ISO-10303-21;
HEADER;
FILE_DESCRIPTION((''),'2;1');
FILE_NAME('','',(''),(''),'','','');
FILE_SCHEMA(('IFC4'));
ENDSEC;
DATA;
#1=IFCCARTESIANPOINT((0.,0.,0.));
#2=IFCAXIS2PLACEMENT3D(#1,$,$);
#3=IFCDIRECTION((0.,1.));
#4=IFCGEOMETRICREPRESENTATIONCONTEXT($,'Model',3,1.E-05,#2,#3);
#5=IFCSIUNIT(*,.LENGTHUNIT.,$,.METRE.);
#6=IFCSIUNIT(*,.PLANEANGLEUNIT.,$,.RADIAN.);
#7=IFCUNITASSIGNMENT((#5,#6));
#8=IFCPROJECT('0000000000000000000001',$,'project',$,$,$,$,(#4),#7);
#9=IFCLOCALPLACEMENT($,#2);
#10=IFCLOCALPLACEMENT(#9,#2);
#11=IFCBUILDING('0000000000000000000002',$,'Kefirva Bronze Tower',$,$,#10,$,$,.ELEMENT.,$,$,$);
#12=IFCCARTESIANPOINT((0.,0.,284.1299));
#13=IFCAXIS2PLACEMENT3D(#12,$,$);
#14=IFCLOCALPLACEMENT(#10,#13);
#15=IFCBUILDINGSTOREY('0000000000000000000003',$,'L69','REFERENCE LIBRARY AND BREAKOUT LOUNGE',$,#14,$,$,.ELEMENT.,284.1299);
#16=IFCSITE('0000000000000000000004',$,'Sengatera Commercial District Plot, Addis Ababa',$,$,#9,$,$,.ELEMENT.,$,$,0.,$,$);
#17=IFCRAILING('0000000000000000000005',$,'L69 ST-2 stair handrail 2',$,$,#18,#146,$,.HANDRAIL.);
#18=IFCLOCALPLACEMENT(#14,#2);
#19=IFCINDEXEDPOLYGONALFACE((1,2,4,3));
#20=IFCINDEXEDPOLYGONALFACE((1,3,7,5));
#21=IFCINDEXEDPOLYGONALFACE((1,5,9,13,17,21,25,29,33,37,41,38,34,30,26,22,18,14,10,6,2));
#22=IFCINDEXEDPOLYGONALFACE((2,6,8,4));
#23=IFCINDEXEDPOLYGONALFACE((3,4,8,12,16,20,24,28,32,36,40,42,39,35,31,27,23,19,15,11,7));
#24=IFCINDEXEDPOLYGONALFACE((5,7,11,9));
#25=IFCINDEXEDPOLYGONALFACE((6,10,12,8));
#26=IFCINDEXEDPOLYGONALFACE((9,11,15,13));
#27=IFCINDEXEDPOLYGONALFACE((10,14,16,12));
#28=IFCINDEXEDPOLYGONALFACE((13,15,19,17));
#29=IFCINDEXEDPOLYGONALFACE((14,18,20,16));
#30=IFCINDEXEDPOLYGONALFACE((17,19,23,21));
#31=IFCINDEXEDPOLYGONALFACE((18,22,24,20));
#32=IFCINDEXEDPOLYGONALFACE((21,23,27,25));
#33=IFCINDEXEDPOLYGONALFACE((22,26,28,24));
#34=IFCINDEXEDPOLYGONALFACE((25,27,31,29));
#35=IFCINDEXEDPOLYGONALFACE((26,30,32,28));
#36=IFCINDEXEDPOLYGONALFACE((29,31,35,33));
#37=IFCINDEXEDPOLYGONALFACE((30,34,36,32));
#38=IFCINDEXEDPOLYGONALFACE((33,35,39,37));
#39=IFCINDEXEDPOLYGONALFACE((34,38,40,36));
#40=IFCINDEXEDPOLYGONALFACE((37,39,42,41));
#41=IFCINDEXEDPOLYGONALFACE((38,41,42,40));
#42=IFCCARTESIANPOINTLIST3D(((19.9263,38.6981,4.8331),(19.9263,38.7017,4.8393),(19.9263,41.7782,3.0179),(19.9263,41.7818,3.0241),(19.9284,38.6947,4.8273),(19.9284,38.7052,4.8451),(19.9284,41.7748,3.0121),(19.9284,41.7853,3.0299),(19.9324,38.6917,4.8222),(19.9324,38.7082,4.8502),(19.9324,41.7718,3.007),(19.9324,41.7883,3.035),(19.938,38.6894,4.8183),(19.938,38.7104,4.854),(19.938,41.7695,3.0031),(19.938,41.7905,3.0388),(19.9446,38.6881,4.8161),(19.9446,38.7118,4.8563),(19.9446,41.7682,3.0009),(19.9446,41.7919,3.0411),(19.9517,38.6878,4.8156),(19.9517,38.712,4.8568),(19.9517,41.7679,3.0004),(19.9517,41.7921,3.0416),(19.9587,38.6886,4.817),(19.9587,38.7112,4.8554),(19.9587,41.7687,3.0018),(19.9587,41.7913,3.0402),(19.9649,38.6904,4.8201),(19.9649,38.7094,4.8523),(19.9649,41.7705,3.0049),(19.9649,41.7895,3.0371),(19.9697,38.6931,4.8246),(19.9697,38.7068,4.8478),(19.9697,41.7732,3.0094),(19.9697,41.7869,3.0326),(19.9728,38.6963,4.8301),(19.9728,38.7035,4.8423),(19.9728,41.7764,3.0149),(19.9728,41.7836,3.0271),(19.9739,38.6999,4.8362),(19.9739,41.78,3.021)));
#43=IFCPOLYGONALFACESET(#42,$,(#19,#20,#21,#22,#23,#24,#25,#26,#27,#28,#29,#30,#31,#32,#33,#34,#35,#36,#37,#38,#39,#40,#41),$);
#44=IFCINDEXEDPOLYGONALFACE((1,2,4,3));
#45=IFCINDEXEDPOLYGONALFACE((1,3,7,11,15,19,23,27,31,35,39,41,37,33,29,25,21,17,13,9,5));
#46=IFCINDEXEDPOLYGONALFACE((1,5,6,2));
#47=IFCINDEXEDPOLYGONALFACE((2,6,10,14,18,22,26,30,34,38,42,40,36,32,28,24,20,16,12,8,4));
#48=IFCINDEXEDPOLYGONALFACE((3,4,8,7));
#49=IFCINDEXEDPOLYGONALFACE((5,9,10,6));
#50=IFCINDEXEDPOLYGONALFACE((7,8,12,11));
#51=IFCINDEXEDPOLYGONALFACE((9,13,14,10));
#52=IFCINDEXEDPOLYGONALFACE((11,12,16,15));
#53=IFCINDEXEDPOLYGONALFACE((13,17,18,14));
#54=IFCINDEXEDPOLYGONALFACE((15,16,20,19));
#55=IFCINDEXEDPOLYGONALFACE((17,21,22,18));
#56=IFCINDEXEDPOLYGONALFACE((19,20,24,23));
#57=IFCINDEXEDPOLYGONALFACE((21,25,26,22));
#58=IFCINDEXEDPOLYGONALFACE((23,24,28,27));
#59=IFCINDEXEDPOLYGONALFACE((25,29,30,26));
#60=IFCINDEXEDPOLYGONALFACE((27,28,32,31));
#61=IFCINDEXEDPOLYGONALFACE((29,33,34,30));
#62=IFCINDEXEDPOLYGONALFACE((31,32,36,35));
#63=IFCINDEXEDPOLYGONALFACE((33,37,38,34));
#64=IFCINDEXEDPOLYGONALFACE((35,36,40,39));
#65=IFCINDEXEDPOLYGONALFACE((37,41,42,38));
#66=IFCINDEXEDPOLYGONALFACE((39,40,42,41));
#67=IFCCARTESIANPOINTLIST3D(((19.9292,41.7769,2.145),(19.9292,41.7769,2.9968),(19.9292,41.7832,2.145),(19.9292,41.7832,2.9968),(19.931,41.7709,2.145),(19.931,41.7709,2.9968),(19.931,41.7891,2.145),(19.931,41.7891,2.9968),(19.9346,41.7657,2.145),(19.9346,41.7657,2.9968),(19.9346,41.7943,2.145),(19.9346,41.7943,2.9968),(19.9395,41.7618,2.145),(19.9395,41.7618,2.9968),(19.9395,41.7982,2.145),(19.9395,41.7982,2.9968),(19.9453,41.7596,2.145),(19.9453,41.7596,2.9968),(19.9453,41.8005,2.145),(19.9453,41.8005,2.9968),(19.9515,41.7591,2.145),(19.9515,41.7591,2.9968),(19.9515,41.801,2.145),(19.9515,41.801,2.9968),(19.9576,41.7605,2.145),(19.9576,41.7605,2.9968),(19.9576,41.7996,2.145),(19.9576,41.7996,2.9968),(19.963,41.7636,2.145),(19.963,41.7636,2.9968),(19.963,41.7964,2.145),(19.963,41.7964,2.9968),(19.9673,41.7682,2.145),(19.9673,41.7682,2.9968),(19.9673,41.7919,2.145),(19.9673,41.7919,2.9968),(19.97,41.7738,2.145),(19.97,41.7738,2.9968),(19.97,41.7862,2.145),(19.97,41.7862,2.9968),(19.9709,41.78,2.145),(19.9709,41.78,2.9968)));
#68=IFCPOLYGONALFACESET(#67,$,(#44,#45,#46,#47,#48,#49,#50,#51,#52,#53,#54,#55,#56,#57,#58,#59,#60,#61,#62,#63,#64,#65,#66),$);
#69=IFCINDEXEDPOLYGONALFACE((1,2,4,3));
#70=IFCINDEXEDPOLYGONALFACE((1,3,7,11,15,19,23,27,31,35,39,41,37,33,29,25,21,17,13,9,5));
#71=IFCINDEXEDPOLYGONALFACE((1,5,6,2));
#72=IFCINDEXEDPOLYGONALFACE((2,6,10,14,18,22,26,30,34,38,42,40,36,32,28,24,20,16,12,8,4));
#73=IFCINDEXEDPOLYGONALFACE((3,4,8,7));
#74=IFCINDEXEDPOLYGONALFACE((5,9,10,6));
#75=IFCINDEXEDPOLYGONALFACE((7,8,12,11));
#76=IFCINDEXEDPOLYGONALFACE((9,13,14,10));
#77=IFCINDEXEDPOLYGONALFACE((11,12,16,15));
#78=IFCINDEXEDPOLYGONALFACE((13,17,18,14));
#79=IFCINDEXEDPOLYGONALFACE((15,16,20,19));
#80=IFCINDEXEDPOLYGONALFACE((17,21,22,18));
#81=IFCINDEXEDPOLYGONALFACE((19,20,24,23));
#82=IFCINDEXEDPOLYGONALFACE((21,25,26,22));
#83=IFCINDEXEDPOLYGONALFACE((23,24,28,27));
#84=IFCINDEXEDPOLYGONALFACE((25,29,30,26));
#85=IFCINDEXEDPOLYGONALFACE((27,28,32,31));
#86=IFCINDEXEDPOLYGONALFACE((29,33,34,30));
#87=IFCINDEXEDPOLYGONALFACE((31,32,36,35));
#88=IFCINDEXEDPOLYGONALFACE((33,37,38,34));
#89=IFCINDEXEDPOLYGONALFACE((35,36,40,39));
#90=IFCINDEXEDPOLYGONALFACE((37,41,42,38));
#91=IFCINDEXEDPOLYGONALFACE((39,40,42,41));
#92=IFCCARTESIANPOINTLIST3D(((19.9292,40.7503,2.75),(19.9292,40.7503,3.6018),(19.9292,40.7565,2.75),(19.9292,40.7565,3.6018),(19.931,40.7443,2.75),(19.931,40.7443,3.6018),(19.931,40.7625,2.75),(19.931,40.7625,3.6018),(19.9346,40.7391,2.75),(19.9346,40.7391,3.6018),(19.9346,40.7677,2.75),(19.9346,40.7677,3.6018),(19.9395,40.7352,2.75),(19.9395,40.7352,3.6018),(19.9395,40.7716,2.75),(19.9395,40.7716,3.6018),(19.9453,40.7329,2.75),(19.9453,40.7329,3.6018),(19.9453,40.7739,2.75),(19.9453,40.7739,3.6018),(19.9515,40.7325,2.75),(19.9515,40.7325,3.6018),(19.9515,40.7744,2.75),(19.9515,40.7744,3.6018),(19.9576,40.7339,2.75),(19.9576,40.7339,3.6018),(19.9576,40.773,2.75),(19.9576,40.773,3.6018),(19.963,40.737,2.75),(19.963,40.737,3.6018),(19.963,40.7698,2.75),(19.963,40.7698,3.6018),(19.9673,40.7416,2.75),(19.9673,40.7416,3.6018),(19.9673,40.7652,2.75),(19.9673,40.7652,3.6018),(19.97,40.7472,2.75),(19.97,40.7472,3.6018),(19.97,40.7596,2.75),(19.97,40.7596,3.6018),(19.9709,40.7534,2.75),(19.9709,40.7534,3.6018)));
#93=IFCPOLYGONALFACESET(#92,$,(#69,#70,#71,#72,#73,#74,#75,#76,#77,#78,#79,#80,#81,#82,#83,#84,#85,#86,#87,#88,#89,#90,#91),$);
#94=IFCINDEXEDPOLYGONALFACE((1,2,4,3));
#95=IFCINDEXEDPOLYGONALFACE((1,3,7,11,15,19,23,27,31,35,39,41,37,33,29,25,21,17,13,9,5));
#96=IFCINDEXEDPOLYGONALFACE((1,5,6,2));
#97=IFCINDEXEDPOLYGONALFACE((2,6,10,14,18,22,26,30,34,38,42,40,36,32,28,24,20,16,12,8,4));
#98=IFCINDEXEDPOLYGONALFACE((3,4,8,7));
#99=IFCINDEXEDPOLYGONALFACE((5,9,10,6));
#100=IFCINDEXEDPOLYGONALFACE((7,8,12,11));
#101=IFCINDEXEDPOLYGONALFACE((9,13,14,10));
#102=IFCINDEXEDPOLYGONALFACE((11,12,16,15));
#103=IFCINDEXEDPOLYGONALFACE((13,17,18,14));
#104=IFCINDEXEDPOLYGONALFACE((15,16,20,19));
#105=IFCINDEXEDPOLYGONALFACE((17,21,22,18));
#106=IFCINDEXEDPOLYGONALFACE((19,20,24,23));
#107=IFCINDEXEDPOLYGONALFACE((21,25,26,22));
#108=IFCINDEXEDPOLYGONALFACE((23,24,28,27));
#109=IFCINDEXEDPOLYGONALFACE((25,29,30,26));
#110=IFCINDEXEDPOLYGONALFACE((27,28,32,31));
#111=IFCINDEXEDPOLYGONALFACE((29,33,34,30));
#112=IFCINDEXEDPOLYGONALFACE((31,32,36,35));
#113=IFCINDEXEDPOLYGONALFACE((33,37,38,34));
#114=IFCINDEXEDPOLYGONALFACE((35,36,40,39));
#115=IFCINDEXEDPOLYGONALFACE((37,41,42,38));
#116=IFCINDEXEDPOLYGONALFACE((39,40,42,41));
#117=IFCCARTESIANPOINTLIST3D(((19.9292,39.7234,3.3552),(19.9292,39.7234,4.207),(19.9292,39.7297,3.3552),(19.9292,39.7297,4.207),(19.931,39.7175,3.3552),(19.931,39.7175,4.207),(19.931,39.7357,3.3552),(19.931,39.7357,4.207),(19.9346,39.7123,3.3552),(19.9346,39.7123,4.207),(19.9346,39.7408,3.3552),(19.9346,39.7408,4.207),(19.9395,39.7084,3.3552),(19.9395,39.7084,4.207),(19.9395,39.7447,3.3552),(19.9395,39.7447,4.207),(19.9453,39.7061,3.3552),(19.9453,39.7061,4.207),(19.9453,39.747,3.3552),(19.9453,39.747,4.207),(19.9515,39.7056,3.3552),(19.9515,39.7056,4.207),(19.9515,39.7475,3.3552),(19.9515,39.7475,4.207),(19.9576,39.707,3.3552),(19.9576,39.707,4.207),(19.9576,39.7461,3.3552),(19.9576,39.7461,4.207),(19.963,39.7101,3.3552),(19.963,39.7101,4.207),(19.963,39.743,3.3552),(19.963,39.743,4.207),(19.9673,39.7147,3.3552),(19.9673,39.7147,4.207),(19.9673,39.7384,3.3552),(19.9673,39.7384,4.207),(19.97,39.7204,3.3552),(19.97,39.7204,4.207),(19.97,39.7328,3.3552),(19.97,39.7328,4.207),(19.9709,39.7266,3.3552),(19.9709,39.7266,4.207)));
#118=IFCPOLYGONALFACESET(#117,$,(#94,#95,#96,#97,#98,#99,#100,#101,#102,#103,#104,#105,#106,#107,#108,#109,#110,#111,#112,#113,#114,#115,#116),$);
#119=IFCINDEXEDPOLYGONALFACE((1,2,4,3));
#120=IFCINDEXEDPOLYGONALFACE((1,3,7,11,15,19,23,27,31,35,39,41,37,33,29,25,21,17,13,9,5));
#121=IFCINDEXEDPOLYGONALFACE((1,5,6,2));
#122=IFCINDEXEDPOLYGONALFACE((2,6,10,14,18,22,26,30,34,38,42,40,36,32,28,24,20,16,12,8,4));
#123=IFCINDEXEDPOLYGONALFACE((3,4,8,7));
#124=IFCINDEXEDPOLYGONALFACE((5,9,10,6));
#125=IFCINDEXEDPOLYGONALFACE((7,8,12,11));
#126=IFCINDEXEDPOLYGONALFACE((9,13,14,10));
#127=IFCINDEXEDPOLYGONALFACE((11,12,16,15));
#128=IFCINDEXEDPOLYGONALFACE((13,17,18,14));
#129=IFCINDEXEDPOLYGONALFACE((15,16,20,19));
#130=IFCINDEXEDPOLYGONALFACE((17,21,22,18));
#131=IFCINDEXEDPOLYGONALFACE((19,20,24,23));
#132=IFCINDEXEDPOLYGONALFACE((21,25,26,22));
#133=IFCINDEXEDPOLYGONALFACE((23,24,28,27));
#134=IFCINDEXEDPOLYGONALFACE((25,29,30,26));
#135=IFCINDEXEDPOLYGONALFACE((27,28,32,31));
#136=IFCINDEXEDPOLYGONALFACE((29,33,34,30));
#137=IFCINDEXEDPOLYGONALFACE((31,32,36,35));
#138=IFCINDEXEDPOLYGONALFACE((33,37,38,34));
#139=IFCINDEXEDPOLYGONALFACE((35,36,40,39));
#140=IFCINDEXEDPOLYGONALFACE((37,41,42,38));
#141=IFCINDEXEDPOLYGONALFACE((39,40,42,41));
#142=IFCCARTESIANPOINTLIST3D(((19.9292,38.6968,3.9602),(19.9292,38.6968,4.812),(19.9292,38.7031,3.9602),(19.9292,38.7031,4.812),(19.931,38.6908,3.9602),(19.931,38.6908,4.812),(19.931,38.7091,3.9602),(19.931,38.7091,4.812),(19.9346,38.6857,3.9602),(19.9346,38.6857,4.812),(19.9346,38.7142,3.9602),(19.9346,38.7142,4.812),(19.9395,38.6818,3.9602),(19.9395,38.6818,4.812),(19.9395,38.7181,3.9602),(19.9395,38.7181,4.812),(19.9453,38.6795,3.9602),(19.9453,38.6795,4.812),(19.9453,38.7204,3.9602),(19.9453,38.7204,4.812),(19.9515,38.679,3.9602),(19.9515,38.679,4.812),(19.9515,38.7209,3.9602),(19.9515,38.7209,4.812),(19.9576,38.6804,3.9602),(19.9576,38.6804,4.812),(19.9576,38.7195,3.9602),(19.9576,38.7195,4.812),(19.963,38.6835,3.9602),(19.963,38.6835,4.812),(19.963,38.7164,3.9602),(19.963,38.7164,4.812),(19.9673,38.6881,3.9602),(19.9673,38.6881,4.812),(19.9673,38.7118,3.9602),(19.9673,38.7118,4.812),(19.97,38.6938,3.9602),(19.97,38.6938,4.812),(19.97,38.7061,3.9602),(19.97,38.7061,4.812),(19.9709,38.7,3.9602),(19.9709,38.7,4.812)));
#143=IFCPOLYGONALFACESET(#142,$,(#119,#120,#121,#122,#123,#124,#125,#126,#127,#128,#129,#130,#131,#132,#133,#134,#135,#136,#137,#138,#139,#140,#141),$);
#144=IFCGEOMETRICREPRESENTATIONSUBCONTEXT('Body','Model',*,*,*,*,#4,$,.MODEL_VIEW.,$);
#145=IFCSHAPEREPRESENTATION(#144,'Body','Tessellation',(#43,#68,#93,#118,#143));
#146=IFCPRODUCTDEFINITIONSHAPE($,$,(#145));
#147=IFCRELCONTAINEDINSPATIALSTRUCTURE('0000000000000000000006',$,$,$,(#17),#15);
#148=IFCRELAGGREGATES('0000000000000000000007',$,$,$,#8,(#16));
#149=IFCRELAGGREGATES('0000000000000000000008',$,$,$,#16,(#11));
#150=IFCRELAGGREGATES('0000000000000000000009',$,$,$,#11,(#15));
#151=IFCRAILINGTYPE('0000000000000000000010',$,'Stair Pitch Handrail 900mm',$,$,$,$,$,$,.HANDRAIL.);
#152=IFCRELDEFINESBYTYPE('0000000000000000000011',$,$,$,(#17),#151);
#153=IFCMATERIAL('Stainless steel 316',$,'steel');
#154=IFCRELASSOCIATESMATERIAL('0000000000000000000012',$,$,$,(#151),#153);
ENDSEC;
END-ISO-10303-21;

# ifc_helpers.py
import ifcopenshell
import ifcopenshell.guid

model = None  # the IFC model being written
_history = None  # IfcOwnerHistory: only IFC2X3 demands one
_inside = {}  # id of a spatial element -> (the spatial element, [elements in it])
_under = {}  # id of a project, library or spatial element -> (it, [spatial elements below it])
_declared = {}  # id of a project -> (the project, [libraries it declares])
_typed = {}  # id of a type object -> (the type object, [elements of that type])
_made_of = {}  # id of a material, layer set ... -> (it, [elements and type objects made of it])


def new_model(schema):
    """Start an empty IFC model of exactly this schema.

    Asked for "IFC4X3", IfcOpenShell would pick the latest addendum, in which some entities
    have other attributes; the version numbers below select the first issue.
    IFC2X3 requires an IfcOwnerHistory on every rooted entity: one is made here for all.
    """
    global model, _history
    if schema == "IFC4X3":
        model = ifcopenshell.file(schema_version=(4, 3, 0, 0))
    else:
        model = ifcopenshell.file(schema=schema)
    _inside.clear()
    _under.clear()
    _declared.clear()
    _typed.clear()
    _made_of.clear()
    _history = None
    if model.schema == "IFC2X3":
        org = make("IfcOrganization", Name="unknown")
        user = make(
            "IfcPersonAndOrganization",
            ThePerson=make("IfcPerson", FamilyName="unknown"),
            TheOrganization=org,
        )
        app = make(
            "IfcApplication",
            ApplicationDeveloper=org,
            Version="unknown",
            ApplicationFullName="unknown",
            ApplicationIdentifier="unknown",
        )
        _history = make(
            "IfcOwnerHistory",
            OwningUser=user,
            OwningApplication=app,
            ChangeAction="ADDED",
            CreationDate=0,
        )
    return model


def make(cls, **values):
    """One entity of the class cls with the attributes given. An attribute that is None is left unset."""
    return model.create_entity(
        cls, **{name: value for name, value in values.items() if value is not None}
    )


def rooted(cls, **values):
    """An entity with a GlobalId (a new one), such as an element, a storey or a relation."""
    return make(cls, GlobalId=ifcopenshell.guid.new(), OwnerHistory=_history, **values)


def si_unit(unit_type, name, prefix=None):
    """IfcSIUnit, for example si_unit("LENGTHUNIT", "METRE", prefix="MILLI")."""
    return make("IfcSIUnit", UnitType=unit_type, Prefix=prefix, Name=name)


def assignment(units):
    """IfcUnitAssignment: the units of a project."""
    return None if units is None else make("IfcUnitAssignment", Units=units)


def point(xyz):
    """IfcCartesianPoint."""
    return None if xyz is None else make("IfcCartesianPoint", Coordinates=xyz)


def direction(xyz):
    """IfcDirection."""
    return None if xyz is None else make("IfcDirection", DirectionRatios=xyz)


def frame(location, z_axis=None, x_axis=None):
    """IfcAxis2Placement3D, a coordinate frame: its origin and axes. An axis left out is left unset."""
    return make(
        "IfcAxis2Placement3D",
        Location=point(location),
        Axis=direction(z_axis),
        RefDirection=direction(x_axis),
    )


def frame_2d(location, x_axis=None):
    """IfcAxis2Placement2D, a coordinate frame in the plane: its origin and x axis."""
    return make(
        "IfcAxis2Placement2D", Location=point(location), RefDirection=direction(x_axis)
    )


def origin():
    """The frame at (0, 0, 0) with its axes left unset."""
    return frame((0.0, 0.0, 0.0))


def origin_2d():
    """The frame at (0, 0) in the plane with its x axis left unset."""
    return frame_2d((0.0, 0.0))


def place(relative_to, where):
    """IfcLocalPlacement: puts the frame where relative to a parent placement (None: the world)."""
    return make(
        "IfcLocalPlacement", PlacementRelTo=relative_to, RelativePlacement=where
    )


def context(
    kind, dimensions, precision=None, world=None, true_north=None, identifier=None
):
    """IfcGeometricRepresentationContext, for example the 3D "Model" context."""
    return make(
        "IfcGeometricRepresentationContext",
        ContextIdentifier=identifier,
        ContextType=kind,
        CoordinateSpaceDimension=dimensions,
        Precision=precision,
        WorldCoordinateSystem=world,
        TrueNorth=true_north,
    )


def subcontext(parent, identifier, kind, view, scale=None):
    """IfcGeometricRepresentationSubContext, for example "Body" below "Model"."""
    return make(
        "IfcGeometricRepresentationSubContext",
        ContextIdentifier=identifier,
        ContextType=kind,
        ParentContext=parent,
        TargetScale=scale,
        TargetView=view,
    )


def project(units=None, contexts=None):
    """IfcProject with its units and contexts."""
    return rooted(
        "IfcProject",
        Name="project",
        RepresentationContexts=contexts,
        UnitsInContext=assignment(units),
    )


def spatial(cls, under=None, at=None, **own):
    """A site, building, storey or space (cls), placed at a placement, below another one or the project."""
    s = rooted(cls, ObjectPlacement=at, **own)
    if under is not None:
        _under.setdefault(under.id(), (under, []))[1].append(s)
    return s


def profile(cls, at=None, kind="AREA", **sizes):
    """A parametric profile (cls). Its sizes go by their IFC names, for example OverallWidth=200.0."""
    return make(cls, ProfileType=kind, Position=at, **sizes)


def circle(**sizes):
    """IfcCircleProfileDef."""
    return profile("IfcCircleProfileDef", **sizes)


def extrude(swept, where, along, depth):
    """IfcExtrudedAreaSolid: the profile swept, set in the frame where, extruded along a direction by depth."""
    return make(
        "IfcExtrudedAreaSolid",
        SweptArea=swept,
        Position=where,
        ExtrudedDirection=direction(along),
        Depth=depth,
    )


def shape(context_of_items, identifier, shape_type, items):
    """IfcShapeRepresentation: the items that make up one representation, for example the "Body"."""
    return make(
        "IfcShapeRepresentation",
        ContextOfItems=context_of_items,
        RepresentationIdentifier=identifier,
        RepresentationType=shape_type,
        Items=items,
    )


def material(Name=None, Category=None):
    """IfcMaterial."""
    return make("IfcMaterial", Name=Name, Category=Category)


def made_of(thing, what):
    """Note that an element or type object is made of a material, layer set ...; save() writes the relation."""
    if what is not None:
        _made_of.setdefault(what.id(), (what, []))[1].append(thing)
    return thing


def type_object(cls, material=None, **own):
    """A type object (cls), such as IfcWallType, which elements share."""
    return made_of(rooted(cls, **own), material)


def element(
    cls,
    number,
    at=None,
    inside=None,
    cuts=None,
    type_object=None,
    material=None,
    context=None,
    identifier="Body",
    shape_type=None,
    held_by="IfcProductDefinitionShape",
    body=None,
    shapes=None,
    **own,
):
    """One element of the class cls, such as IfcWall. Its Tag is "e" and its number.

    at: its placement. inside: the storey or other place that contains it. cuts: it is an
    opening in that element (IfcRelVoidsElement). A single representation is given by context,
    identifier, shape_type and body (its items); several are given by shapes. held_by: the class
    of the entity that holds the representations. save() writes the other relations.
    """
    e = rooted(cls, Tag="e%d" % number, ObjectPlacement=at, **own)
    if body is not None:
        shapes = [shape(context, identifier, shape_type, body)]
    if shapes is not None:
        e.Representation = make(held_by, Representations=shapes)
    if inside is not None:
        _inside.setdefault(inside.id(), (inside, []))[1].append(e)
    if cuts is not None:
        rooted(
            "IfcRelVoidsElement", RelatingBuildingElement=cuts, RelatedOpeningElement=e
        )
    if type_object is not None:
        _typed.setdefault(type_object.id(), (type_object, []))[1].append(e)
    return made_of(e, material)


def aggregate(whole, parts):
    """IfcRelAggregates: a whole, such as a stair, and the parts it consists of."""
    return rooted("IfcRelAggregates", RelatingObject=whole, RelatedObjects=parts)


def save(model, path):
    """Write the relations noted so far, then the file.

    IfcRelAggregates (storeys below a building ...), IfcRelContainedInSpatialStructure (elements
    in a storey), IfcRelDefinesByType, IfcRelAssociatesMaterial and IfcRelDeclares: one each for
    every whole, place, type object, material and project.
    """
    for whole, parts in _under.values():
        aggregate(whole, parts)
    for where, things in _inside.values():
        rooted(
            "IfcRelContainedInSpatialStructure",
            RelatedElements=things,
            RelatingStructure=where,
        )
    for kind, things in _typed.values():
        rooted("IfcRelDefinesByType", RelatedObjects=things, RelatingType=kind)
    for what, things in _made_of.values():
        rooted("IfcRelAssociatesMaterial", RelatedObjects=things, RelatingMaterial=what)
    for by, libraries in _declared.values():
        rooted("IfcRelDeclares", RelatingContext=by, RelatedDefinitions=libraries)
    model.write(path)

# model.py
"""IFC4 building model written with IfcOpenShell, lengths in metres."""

from ifc_helpers import new_model, si_unit, direction, frame, origin, origin_2d, place, context, subcontext, project, spatial, circle, extrude, material, type_object, element, save


model = new_model("IFC4")

# Units and contexts
model_context = context("Model", 3, precision=1e-05, world=origin(), true_north=direction((0.0, 1.0)))
body_context = subcontext(model_context, "Body", "Model", "MODEL_VIEW")
ifc_project = project(units=[si_unit("LENGTHUNIT", "METRE"), si_unit("PLANEANGLEUNIT", "RADIAN")], contexts=[model_context])

# Site, building, storey
site_placement = place(None, origin())
site = spatial("IfcSite", under=ifc_project, at=site_placement, Name="Sengatera Commercial District Plot, Addis Ababa", CompositionType="ELEMENT", RefElevation=0.0)
building_placement = place(site_placement, origin())
building = spatial("IfcBuilding", under=site, at=building_placement, Name="Kefirva Bronze Tower", CompositionType="ELEMENT")
storey_placement = place(building_placement, frame((0.0, 0.0, 284.1299)))
storey = spatial("IfcBuildingStorey", under=building, at=storey_placement, Name="L69", Description="REFERENCE LIBRARY AND BREAKOUT LOUNGE", CompositionType="ELEMENT", Elevation=284.1299)

# Shared definitions
ifc_material_1 = material(Name="Stainless steel 316", Category="steel")

# Railing
railing_type_1 = type_object("IfcRailingType", Name="Stair Pitch Handrail 900mm", PredefinedType="HANDRAIL", material=ifc_material_1)
railing_1_placement = place(storey_placement, frame((19.95, 41.78, 2.145)))
element("IfcRailing", 1, at=railing_1_placement, inside=storey, type_object=railing_type_1, Name="L69 ST-2 stair handrail 2", PredefinedType="HANDRAIL", context=body_context, shape_type="SweptSolid", body=[
    extrude(circle(Radius=0.0239, at=origin_2d()), frame((0.0, 0.0, 0.876), z_axis=(0.0, -0.861521, 0.507721), x_axis=(1.0, 0.0, 0.0)), (0.0, 0.0, 1.0), 3.5752),
    extrude(circle(Radius=0.021, at=origin_2d()), origin(), (0.0, 0.0, 1.0), 0.8518),
    extrude(circle(Radius=0.021, at=origin_2d()), frame((0.0, -1.0266, 0.605)), (0.0, 0.0, 1.0), 0.8518),
    extrude(circle(Radius=0.021, at=origin_2d()), frame((0.0, -2.0535, 1.2102)), (0.0, 0.0, 1.0), 0.8518),
    extrude(circle(Radius=0.021, at=origin_2d()), frame((0.0, -3.0801, 1.8152)), (0.0, 0.0, 1.0), 0.8518),
])

save(model, "model.ifc")
